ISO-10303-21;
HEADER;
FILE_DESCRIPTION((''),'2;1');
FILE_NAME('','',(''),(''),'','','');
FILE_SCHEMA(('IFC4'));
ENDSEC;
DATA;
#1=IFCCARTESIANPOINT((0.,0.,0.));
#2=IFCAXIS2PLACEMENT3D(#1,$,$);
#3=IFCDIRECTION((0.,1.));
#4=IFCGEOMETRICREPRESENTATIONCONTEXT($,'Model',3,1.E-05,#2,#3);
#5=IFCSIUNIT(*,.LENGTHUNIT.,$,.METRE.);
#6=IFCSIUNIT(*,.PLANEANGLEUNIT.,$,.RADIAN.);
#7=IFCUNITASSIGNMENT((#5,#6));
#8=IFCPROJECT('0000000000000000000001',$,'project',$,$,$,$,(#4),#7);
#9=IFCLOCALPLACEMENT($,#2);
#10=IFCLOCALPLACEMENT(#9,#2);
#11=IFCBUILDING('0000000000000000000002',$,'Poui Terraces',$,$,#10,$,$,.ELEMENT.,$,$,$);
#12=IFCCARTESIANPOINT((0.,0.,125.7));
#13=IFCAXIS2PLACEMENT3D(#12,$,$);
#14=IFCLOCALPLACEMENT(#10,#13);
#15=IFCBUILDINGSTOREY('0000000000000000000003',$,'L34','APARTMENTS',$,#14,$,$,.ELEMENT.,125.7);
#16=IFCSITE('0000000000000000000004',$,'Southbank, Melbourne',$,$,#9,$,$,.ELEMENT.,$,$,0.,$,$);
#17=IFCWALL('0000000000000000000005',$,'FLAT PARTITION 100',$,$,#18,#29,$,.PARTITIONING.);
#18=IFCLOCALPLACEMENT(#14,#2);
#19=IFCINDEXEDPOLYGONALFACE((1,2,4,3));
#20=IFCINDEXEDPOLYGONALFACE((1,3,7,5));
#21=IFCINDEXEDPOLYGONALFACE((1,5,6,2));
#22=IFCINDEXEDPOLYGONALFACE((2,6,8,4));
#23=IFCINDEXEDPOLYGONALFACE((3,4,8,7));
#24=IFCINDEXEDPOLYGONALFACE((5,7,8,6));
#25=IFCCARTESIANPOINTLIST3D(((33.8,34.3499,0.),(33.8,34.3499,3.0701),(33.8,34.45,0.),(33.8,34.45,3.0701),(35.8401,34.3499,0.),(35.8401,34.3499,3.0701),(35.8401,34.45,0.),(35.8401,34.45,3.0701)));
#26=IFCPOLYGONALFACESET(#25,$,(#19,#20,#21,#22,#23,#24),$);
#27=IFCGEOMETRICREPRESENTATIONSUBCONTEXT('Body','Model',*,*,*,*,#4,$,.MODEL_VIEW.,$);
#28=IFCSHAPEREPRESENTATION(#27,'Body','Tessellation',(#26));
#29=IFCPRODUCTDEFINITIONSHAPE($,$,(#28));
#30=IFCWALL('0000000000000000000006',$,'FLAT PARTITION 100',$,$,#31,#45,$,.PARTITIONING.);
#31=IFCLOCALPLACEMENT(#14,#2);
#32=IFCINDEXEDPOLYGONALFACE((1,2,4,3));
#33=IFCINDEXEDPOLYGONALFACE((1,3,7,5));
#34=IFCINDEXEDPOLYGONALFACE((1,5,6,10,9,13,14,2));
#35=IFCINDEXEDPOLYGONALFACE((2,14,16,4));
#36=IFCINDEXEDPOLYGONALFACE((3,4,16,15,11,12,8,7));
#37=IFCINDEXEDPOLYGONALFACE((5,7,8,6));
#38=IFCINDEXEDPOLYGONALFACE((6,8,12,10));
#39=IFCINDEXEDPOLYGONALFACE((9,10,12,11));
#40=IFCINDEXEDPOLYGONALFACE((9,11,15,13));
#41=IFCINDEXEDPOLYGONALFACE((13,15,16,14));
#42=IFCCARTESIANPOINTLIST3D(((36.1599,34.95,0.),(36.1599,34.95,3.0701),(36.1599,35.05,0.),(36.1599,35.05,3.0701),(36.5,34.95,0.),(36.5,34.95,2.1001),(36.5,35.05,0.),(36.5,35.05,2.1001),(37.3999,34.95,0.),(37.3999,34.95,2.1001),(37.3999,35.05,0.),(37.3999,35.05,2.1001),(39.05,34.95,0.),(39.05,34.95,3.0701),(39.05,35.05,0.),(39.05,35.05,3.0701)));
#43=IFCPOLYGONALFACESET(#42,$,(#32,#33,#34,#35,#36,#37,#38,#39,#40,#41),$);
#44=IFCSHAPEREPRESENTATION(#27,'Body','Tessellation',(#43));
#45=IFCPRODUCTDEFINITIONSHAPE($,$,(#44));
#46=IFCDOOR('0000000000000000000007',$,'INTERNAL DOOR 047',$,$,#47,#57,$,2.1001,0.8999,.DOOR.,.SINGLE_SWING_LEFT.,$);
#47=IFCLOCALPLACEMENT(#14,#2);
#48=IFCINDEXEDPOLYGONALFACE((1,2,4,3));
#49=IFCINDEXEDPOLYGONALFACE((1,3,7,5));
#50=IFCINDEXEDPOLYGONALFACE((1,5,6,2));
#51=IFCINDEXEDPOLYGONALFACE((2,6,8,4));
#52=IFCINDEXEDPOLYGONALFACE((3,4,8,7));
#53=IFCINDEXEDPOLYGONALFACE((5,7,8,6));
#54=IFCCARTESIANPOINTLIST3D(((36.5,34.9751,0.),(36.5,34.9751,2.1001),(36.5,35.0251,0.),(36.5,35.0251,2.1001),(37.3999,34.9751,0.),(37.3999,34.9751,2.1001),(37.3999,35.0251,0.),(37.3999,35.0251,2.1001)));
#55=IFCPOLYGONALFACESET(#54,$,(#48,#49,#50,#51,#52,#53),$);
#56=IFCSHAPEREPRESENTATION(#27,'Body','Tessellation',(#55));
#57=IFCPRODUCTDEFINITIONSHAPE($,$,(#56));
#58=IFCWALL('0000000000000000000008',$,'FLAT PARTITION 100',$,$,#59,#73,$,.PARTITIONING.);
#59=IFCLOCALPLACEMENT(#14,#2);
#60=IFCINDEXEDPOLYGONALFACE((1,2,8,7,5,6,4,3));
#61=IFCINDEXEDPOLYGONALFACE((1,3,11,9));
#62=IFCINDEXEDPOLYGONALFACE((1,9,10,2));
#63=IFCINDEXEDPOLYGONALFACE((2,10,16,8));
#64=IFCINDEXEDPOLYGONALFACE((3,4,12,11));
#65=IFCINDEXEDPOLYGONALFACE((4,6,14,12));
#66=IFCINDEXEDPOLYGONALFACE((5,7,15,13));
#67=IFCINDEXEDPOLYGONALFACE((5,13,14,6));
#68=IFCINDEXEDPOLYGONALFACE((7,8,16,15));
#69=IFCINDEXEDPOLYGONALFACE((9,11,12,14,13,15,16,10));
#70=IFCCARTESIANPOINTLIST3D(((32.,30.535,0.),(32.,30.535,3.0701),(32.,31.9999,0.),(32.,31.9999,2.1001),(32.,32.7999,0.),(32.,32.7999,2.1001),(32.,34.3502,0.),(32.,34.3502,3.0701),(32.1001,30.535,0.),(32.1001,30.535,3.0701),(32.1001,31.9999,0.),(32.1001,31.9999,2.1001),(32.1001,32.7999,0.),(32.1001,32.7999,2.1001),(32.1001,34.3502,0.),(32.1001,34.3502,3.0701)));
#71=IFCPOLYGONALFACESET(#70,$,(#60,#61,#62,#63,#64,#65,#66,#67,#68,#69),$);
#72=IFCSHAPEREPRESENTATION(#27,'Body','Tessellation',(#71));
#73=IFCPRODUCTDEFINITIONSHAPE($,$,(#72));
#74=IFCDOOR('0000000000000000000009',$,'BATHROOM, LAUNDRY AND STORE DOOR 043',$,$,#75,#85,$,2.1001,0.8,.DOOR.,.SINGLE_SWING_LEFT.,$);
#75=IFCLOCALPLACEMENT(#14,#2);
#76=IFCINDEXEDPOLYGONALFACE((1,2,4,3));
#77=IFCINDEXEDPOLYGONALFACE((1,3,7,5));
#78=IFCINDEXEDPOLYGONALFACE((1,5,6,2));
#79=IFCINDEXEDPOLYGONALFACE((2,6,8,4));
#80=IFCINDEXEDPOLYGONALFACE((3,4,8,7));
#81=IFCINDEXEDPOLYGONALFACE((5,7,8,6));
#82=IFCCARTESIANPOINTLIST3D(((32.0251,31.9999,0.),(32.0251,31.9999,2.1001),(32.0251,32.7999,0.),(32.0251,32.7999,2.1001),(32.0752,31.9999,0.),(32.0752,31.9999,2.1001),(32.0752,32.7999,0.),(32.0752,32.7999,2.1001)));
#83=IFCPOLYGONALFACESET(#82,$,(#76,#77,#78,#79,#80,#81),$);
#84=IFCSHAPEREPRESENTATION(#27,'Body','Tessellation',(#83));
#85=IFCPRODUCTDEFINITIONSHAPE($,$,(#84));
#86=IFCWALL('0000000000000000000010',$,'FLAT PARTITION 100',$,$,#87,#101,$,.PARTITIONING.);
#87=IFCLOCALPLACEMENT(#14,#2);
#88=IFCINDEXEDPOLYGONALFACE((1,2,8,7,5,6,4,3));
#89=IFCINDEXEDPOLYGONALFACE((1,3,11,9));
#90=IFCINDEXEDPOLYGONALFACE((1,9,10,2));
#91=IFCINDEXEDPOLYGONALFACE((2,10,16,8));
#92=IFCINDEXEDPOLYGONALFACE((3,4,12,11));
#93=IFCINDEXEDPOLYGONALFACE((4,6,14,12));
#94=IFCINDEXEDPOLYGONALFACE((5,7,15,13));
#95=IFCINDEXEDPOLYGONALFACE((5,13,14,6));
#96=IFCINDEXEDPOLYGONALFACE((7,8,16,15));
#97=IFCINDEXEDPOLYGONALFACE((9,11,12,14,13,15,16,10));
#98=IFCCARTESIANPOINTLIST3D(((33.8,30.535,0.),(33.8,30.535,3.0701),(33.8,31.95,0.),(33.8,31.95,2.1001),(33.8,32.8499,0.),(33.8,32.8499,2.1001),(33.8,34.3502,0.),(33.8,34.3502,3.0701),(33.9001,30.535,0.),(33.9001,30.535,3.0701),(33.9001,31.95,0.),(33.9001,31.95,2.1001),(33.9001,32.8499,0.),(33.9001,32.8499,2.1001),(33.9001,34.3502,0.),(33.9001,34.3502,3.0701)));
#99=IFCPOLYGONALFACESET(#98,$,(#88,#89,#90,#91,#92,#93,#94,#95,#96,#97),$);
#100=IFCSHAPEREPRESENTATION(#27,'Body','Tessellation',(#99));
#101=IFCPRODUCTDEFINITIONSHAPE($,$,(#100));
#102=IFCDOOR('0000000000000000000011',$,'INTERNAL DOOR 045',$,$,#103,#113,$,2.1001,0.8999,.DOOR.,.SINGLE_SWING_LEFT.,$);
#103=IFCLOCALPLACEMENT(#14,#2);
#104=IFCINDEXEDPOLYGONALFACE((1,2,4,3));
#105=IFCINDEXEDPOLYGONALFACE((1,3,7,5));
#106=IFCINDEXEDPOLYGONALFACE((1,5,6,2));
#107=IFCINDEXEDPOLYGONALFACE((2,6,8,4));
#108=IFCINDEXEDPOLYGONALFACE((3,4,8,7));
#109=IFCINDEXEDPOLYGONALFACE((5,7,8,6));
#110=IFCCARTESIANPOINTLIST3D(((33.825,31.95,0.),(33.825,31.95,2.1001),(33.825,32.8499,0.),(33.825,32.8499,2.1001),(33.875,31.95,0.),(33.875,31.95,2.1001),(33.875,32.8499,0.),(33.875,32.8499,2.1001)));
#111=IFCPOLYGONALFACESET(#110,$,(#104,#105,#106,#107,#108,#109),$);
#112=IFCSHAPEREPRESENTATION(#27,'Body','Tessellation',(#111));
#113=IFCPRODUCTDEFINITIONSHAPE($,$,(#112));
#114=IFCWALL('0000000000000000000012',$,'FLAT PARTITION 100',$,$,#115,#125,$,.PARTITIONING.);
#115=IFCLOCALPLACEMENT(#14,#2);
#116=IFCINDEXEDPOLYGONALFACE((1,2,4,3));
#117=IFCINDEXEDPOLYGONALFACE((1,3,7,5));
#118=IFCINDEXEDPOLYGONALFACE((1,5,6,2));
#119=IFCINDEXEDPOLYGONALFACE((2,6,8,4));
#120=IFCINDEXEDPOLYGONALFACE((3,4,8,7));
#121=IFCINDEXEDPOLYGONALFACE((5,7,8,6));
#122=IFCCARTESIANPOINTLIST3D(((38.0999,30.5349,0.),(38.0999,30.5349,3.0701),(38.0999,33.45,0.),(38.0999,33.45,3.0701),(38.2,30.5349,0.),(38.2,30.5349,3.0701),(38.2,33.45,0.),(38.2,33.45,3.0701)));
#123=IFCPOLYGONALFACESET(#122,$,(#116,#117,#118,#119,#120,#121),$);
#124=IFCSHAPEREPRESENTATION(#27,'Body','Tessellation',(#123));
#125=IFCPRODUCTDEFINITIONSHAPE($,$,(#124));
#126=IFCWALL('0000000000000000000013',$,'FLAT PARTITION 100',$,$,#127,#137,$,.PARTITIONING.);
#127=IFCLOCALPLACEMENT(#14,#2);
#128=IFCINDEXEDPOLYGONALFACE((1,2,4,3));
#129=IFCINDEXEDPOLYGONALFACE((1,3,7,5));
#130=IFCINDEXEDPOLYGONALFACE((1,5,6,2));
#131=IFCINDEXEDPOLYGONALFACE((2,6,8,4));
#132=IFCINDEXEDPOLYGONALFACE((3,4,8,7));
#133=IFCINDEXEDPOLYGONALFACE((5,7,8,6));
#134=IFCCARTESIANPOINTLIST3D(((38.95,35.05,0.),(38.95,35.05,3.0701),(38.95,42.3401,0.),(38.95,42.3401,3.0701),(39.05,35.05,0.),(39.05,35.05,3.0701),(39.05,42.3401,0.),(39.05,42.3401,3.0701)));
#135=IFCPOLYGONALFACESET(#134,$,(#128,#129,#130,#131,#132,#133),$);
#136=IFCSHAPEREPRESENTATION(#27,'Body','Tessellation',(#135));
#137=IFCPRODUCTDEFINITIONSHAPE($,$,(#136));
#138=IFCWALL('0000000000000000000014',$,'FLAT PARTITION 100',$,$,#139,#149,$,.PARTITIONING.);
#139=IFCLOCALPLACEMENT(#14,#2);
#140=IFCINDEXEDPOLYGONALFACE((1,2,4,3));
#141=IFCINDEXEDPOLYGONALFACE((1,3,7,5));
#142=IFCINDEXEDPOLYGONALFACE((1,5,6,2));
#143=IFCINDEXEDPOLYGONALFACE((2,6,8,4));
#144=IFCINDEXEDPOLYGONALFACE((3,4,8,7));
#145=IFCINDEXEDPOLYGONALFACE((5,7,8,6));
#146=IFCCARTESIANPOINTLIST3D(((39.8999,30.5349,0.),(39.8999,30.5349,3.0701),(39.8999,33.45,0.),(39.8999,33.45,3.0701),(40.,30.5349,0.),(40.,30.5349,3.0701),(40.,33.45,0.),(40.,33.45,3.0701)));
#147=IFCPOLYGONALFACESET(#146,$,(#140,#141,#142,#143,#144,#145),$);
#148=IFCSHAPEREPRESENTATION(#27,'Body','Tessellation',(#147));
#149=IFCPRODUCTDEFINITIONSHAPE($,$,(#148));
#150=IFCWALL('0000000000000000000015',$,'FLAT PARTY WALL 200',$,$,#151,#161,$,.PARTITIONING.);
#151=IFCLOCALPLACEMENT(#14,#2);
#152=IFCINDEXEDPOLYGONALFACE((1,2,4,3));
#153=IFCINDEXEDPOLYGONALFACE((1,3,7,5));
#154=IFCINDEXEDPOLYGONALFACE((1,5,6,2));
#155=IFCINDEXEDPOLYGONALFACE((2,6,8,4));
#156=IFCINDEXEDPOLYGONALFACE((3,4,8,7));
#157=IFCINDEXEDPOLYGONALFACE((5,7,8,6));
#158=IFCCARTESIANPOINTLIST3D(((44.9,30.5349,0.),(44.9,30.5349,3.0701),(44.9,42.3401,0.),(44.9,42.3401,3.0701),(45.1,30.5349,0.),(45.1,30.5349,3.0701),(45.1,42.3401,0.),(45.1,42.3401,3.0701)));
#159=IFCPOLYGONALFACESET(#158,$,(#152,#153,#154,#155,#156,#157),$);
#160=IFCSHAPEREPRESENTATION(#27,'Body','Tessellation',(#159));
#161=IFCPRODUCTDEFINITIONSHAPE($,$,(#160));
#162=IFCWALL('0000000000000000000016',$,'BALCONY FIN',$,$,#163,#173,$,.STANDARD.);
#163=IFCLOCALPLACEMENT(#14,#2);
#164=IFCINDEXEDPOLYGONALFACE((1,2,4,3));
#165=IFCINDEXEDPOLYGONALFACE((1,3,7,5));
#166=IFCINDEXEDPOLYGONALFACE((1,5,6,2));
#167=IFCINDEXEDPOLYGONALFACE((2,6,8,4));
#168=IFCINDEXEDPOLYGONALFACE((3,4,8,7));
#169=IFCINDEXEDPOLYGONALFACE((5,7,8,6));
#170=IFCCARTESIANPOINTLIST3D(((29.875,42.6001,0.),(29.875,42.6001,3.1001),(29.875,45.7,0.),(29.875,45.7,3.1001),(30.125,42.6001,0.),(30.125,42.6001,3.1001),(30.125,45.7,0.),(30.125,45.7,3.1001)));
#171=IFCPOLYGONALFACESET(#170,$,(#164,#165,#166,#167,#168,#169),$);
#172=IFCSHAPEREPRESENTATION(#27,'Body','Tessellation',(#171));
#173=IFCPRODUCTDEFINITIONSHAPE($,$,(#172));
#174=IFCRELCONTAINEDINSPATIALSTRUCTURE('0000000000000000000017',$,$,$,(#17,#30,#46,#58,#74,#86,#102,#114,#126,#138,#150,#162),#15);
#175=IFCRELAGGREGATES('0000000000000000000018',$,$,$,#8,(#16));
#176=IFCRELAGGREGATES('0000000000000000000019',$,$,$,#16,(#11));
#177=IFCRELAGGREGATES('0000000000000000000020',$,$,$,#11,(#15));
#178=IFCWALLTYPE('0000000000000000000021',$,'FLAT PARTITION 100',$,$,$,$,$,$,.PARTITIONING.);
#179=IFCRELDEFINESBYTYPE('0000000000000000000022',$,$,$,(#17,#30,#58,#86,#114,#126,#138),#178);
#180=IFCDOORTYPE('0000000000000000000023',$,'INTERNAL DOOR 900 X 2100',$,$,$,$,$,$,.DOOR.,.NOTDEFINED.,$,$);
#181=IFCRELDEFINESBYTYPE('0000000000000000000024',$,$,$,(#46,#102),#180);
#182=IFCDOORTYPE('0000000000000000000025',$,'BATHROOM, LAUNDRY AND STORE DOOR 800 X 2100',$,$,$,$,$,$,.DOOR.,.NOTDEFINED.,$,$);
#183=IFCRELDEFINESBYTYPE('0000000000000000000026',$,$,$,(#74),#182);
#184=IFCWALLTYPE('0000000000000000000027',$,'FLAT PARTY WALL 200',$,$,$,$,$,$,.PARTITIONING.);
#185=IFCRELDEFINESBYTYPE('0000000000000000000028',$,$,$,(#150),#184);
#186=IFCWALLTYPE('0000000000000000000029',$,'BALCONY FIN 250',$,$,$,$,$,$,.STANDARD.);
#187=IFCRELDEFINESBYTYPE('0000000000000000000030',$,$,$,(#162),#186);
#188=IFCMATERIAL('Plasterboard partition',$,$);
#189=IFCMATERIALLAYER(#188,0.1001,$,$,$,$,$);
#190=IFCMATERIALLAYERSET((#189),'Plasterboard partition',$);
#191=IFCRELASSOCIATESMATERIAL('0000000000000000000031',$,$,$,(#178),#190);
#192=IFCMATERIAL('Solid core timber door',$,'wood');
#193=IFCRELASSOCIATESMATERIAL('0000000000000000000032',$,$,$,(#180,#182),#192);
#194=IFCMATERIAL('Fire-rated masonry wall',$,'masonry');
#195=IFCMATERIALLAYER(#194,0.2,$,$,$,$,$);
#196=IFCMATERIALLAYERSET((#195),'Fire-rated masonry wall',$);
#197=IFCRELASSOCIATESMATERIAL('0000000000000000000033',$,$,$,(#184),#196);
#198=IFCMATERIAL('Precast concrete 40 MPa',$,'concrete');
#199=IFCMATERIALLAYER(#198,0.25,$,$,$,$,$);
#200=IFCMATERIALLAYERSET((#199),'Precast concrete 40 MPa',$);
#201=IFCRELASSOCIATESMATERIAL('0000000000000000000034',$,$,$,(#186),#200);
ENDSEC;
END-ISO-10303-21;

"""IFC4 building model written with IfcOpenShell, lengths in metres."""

from ifc_helpers import new_model, si_unit, direction, frame, frame_2d, origin, place, context, subcontext, project, spatial, polyline, rectangle, outline, extrude, source, transform, mapped, material, layer, layer_set, type_object, element, fill, save


model = new_model("IFC4")

# Units and contexts
model_context = context("Model", 3, precision=1e-05, world=origin(), true_north=direction((0.0, 1.0)))
body_context = subcontext(model_context, "Body", "Model", "MODEL_VIEW")
ifc_project = project(units=[si_unit("LENGTHUNIT", "METRE"), si_unit("PLANEANGLEUNIT", "RADIAN")], contexts=[model_context])

# Site, building, storey
site_placement = place(None, origin())
site = spatial("IfcSite", under=ifc_project, at=site_placement, Name="Southbank, Melbourne", CompositionType="ELEMENT", RefElevation=0.0)
building_placement = place(site_placement, origin())
building = spatial("IfcBuilding", under=site, at=building_placement, Name="Poui Terraces", CompositionType="ELEMENT")
storey_placement = place(building_placement, frame((0.0, 0.0, 125.7)))
storey = spatial("IfcBuildingStorey", under=building, at=storey_placement, Name="L34", Description="APARTMENTS", CompositionType="ELEMENT", Elevation=125.7)

# Shared definitions
ifc_material_1 = material(Name="Plasterboard partition")
ifc_layer_1 = layer(ifc_material_1, 0.1001)
ifc_layer_set_1 = layer_set([ifc_layer_1], Name="Plasterboard partition")
wall_type_1 = type_object("IfcWallType", Name="FLAT PARTITION 100", PredefinedType="PARTITIONING", material=ifc_layer_set_1)
ifc_material_2 = material(Name="Solid core timber door", Category="wood")
door_type_1 = type_object("IfcDoorType", Name="INTERNAL DOOR 900 X 2100", OperationType="NOTDEFINED", PredefinedType="DOOR", material=ifc_material_2)
door_type_2 = type_object("IfcDoorType", Name="BATHROOM, LAUNDRY AND STORE DOOR 800 X 2100", OperationType="NOTDEFINED", PredefinedType="DOOR", material=ifc_material_2)

# Wall
wall_1_placement = place(storey_placement, frame((33.8, 34.3999, 0.0), z_axis=(0.0, 0.0, 1.0), x_axis=(1.0, 0.0, 0.0)))
element("IfcWall", 1, at=wall_1_placement, inside=storey, type_object=wall_type_1, Name="FLAT PARTITION 100", PredefinedType="PARTITIONING", context=body_context, shape_type="SweptSolid", body=[
    extrude(rectangle(XDim=2.04, YDim=0.1001, at=frame_2d((1.02, 0.0))), origin(), (0.0, 0.0, 1.0), 3.0701),
])

# Walls, openings, doors
wall_2_placement = place(storey_placement, frame((36.1599, 35.0, 0.0), z_axis=(0.0, 0.0, 1.0), x_axis=(1.0, 0.0, 0.0)))
wall_2 = element("IfcWall", 2, at=wall_2_placement, inside=storey, type_object=wall_type_1, Name="FLAT PARTITION 100", PredefinedType="PARTITIONING", context=body_context, shape_type="SweptSolid", body=[
    extrude(rectangle(XDim=2.8901, YDim=0.1001, at=frame_2d((1.4451, 0.0))), origin(), (0.0, 0.0, 1.0), 3.0701),
])
opening_1_placement = place(wall_2_placement, frame((0.3401, 0.0, 0.0)))
opening_1 = element("IfcOpeningElement", 3, at=opening_1_placement, cuts=wall_2, PredefinedType="OPENING", context=body_context, shape_type="SweptSolid", body=[
    extrude(rectangle(XDim=0.8999, YDim=2.1001, at=frame_2d((0.45, 1.05))), frame((0.0, 0.0601, 0.0), z_axis=(0.0, -1.0, 0.0), x_axis=(1.0, 0.0, 0.0)), (0.0, 0.0, 1.0), 0.1201),
])
door_1_placement = place(opening_1_placement, frame((0.8999, 0.0, 0.0), z_axis=(0.0, 0.0, 1.0), x_axis=(-1.0, 0.0, 0.0)))
door_1 = element("IfcDoor", 4, at=door_1_placement, inside=storey, type_object=door_type_1, Name="INTERNAL DOOR 047", OperationType="SINGLE_SWING_LEFT", OverallHeight=2.1001, OverallWidth=0.8999, PredefinedType="DOOR", context=body_context, shape_type="SweptSolid", body=[
    extrude(rectangle(XDim=0.8999, YDim=2.1001, at=frame_2d((0.45, 1.05))), frame((0.0, 0.0249, 0.0), z_axis=(0.0, -1.0, 0.0), x_axis=(1.0, 0.0, 0.0)), (0.0, 0.0, 1.0), 0.05),
])
fill(opening_1, door_1)
wall_3_placement = place(storey_placement, frame((32.05, 30.5349, 0.0), z_axis=(0.0, 0.0, 1.0), x_axis=(0.0, 1.0, 0.0)))
wall_3 = element("IfcWall", 5, at=wall_3_placement, inside=storey, type_object=wall_type_1, Name="FLAT PARTITION 100", PredefinedType="PARTITIONING", context=body_context, shape_type="SweptSolid", body=[
    extrude(rectangle(XDim=3.8152, YDim=0.1001, at=frame_2d((1.9077, 0.0))), origin(), (0.0, 0.0, 1.0), 3.0701),
])
opening_2_placement = place(wall_3_placement, frame((1.4651, 0.0, 0.0)))
opening_2 = element("IfcOpeningElement", 6, at=opening_2_placement, cuts=wall_3, PredefinedType="OPENING", context=body_context, shape_type="SweptSolid", body=[
    extrude(rectangle(XDim=0.8, YDim=2.1001, at=frame_2d((0.3999, 1.05))), frame((0.0, 0.0601, 0.0), z_axis=(0.0, -1.0, 0.0), x_axis=(1.0, 0.0, 0.0)), (0.0, 0.0, 1.0), 0.1201),
])
door_2_placement = place(opening_2_placement, origin())
door_2 = element("IfcDoor", 7, at=door_2_placement, inside=storey, type_object=door_type_2, Name="BATHROOM, LAUNDRY AND STORE DOOR 043", OperationType="SINGLE_SWING_LEFT", OverallHeight=2.1001, OverallWidth=0.8, PredefinedType="DOOR", context=body_context, shape_type="SweptSolid", body=[
    extrude(rectangle(XDim=0.8, YDim=2.1001, at=frame_2d((0.3999, 1.05))), frame((0.0, 0.0249, 0.0), z_axis=(0.0, -1.0, 0.0), x_axis=(1.0, 0.0, 0.0)), (0.0, 0.0, 1.0), 0.05),
])
fill(opening_2, door_2)
wall_4_placement = place(storey_placement, frame((33.8501, 30.5349, 0.0), z_axis=(0.0, 0.0, 1.0), x_axis=(0.0, 1.0, 0.0)))
wall_4 = element("IfcWall", 8, at=wall_4_placement, inside=storey, type_object=wall_type_1, Name="FLAT PARTITION 100", PredefinedType="PARTITIONING", context=body_context, shape_type="SweptSolid", body=[
    extrude(rectangle(XDim=3.8152, YDim=0.1001, at=frame_2d((1.9077, 0.0))), origin(), (0.0, 0.0, 1.0), 3.0701),
])
opening_3_placement = place(wall_4_placement, frame((1.415, 0.0, 0.0)))
opening_3 = element("IfcOpeningElement", 9, at=opening_3_placement, cuts=wall_4, PredefinedType="OPENING", context=body_context, shape_type="SweptSolid", body=[
    extrude(rectangle(XDim=0.8999, YDim=2.1001, at=frame_2d((0.45, 1.05))), frame((0.0, 0.0601, 0.0), z_axis=(0.0, -1.0, 0.0), x_axis=(1.0, 0.0, 0.0)), (0.0, 0.0, 1.0), 0.1201),
])
door_3_placement = place(opening_3_placement, frame((0.8999, 0.0, 0.0), z_axis=(0.0, 0.0, 1.0), x_axis=(-1.0, 0.0, 0.0)))
door_3 = element("IfcDoor", 10, at=door_3_placement, inside=storey, type_object=door_type_1, Name="INTERNAL DOOR 045", OperationType="SINGLE_SWING_LEFT", OverallHeight=2.1001, OverallWidth=0.8999, PredefinedType="DOOR", context=body_context, shape_type="SweptSolid", body=[
    extrude(rectangle(XDim=0.8999, YDim=2.1001, at=frame_2d((0.45, 1.05))), frame((0.0, 0.0249, 0.0), z_axis=(0.0, -1.0, 0.0), x_axis=(1.0, 0.0, 0.0)), (0.0, 0.0, 1.0), 0.05),
])
fill(opening_3, door_3)

# Walls
wall_5_placement = place(storey_placement, frame((38.1499, 30.5349, 0.0), z_axis=(0.0, 0.0, 1.0), x_axis=(0.0, 1.0, 0.0)))
element("IfcWall", 11, at=wall_5_placement, inside=storey, type_object=wall_type_1, Name="FLAT PARTITION 100", PredefinedType="PARTITIONING", context=body_context, shape_type="SweptSolid", body=[
    extrude(rectangle(XDim=2.915, YDim=0.1001, at=frame_2d((1.4575, 0.0))), origin(), (0.0, 0.0, 1.0), 3.0701),
])
wall_6_placement = place(storey_placement, frame((39.0, 35.05, 0.0), z_axis=(0.0, 0.0, 1.0), x_axis=(0.0, 1.0, 0.0)))
element("IfcWall", 12, at=wall_6_placement, inside=storey, type_object=wall_type_1, Name="FLAT PARTITION 100", PredefinedType="PARTITIONING", context=body_context, shape_type="SweptSolid", body=[
    extrude(rectangle(XDim=7.29, YDim=0.1001, at=frame_2d((3.645, 0.0))), origin(), (0.0, 0.0, 1.0), 3.0701),
])
wall_7_placement = place(storey_placement, frame((39.95, 30.5349, 0.0), z_axis=(0.0, 0.0, 1.0), x_axis=(0.0, 1.0, 0.0)))
element("IfcWall", 13, at=wall_7_placement, inside=storey, type_object=wall_type_1, Name="FLAT PARTITION 100", PredefinedType="PARTITIONING", context=body_context, shape_type="SweptSolid", body=[
    extrude(rectangle(XDim=2.915, YDim=0.1001, at=frame_2d((1.4575, 0.0))), origin(), (0.0, 0.0, 1.0), 3.0701),
])
ifc_material_3 = material(Name="Fire-rated masonry wall", Category="masonry")
ifc_layer_2 = layer(ifc_material_3, 0.2)
ifc_layer_set_2 = layer_set([ifc_layer_2], Name="Fire-rated masonry wall")
wall_type_2 = type_object("IfcWallType", Name="FLAT PARTY WALL 200", PredefinedType="PARTITIONING", material=ifc_layer_set_2)
wall_8_placement = place(storey_placement, frame((45.0, 30.5349, 0.0), z_axis=(0.0, 0.0, 1.0), x_axis=(0.0, 1.0, 0.0)))
element("IfcWall", 14, at=wall_8_placement, inside=storey, type_object=wall_type_2, Name="FLAT PARTY WALL 200", PredefinedType="PARTITIONING", context=body_context, shape_type="SweptSolid", body=[
    extrude(rectangle(XDim=11.8052, YDim=0.2, at=frame_2d((5.9026, 0.0))), origin(), (0.0, 0.0, 1.0), 3.0701),
])
ifc_material_4 = material(Name="Precast concrete 40 MPa", Category="concrete")
ifc_layer_3 = layer(ifc_material_4, 0.25)
ifc_layer_set_3 = layer_set([ifc_layer_3], Name="Precast concrete 40 MPa")
wall_type_3 = type_object("IfcWallType", Name="BALCONY FIN 250", PredefinedType="STANDARD", material=ifc_layer_set_3)
shared_shape_1 = source(origin(), body_context, "Body", "SweptSolid", [
    extrude(outline(polyline([(0.0, 0.0), (0.25, 0.0), (0.25, 3.0999), (0.0, 3.0999), (0.0, 0.0)])), origin(), (0.0, 0.0, 1.0), 3.1001),
])
for number, where, name in (
    (15, (29.875, 42.6001, 0.0), "BALCONY FIN"),
):
    element("IfcWall", number, at=place(storey_placement, frame(where)), inside=storey, type_object=wall_type_3, Name=name, PredefinedType="STANDARD", context=body_context, shape_type="MappedRepresentation", body=[
        mapped(shared_shape_1, transform((0.0, 0.0, 0.0))),
    ])

save(model, "model.ifc")
